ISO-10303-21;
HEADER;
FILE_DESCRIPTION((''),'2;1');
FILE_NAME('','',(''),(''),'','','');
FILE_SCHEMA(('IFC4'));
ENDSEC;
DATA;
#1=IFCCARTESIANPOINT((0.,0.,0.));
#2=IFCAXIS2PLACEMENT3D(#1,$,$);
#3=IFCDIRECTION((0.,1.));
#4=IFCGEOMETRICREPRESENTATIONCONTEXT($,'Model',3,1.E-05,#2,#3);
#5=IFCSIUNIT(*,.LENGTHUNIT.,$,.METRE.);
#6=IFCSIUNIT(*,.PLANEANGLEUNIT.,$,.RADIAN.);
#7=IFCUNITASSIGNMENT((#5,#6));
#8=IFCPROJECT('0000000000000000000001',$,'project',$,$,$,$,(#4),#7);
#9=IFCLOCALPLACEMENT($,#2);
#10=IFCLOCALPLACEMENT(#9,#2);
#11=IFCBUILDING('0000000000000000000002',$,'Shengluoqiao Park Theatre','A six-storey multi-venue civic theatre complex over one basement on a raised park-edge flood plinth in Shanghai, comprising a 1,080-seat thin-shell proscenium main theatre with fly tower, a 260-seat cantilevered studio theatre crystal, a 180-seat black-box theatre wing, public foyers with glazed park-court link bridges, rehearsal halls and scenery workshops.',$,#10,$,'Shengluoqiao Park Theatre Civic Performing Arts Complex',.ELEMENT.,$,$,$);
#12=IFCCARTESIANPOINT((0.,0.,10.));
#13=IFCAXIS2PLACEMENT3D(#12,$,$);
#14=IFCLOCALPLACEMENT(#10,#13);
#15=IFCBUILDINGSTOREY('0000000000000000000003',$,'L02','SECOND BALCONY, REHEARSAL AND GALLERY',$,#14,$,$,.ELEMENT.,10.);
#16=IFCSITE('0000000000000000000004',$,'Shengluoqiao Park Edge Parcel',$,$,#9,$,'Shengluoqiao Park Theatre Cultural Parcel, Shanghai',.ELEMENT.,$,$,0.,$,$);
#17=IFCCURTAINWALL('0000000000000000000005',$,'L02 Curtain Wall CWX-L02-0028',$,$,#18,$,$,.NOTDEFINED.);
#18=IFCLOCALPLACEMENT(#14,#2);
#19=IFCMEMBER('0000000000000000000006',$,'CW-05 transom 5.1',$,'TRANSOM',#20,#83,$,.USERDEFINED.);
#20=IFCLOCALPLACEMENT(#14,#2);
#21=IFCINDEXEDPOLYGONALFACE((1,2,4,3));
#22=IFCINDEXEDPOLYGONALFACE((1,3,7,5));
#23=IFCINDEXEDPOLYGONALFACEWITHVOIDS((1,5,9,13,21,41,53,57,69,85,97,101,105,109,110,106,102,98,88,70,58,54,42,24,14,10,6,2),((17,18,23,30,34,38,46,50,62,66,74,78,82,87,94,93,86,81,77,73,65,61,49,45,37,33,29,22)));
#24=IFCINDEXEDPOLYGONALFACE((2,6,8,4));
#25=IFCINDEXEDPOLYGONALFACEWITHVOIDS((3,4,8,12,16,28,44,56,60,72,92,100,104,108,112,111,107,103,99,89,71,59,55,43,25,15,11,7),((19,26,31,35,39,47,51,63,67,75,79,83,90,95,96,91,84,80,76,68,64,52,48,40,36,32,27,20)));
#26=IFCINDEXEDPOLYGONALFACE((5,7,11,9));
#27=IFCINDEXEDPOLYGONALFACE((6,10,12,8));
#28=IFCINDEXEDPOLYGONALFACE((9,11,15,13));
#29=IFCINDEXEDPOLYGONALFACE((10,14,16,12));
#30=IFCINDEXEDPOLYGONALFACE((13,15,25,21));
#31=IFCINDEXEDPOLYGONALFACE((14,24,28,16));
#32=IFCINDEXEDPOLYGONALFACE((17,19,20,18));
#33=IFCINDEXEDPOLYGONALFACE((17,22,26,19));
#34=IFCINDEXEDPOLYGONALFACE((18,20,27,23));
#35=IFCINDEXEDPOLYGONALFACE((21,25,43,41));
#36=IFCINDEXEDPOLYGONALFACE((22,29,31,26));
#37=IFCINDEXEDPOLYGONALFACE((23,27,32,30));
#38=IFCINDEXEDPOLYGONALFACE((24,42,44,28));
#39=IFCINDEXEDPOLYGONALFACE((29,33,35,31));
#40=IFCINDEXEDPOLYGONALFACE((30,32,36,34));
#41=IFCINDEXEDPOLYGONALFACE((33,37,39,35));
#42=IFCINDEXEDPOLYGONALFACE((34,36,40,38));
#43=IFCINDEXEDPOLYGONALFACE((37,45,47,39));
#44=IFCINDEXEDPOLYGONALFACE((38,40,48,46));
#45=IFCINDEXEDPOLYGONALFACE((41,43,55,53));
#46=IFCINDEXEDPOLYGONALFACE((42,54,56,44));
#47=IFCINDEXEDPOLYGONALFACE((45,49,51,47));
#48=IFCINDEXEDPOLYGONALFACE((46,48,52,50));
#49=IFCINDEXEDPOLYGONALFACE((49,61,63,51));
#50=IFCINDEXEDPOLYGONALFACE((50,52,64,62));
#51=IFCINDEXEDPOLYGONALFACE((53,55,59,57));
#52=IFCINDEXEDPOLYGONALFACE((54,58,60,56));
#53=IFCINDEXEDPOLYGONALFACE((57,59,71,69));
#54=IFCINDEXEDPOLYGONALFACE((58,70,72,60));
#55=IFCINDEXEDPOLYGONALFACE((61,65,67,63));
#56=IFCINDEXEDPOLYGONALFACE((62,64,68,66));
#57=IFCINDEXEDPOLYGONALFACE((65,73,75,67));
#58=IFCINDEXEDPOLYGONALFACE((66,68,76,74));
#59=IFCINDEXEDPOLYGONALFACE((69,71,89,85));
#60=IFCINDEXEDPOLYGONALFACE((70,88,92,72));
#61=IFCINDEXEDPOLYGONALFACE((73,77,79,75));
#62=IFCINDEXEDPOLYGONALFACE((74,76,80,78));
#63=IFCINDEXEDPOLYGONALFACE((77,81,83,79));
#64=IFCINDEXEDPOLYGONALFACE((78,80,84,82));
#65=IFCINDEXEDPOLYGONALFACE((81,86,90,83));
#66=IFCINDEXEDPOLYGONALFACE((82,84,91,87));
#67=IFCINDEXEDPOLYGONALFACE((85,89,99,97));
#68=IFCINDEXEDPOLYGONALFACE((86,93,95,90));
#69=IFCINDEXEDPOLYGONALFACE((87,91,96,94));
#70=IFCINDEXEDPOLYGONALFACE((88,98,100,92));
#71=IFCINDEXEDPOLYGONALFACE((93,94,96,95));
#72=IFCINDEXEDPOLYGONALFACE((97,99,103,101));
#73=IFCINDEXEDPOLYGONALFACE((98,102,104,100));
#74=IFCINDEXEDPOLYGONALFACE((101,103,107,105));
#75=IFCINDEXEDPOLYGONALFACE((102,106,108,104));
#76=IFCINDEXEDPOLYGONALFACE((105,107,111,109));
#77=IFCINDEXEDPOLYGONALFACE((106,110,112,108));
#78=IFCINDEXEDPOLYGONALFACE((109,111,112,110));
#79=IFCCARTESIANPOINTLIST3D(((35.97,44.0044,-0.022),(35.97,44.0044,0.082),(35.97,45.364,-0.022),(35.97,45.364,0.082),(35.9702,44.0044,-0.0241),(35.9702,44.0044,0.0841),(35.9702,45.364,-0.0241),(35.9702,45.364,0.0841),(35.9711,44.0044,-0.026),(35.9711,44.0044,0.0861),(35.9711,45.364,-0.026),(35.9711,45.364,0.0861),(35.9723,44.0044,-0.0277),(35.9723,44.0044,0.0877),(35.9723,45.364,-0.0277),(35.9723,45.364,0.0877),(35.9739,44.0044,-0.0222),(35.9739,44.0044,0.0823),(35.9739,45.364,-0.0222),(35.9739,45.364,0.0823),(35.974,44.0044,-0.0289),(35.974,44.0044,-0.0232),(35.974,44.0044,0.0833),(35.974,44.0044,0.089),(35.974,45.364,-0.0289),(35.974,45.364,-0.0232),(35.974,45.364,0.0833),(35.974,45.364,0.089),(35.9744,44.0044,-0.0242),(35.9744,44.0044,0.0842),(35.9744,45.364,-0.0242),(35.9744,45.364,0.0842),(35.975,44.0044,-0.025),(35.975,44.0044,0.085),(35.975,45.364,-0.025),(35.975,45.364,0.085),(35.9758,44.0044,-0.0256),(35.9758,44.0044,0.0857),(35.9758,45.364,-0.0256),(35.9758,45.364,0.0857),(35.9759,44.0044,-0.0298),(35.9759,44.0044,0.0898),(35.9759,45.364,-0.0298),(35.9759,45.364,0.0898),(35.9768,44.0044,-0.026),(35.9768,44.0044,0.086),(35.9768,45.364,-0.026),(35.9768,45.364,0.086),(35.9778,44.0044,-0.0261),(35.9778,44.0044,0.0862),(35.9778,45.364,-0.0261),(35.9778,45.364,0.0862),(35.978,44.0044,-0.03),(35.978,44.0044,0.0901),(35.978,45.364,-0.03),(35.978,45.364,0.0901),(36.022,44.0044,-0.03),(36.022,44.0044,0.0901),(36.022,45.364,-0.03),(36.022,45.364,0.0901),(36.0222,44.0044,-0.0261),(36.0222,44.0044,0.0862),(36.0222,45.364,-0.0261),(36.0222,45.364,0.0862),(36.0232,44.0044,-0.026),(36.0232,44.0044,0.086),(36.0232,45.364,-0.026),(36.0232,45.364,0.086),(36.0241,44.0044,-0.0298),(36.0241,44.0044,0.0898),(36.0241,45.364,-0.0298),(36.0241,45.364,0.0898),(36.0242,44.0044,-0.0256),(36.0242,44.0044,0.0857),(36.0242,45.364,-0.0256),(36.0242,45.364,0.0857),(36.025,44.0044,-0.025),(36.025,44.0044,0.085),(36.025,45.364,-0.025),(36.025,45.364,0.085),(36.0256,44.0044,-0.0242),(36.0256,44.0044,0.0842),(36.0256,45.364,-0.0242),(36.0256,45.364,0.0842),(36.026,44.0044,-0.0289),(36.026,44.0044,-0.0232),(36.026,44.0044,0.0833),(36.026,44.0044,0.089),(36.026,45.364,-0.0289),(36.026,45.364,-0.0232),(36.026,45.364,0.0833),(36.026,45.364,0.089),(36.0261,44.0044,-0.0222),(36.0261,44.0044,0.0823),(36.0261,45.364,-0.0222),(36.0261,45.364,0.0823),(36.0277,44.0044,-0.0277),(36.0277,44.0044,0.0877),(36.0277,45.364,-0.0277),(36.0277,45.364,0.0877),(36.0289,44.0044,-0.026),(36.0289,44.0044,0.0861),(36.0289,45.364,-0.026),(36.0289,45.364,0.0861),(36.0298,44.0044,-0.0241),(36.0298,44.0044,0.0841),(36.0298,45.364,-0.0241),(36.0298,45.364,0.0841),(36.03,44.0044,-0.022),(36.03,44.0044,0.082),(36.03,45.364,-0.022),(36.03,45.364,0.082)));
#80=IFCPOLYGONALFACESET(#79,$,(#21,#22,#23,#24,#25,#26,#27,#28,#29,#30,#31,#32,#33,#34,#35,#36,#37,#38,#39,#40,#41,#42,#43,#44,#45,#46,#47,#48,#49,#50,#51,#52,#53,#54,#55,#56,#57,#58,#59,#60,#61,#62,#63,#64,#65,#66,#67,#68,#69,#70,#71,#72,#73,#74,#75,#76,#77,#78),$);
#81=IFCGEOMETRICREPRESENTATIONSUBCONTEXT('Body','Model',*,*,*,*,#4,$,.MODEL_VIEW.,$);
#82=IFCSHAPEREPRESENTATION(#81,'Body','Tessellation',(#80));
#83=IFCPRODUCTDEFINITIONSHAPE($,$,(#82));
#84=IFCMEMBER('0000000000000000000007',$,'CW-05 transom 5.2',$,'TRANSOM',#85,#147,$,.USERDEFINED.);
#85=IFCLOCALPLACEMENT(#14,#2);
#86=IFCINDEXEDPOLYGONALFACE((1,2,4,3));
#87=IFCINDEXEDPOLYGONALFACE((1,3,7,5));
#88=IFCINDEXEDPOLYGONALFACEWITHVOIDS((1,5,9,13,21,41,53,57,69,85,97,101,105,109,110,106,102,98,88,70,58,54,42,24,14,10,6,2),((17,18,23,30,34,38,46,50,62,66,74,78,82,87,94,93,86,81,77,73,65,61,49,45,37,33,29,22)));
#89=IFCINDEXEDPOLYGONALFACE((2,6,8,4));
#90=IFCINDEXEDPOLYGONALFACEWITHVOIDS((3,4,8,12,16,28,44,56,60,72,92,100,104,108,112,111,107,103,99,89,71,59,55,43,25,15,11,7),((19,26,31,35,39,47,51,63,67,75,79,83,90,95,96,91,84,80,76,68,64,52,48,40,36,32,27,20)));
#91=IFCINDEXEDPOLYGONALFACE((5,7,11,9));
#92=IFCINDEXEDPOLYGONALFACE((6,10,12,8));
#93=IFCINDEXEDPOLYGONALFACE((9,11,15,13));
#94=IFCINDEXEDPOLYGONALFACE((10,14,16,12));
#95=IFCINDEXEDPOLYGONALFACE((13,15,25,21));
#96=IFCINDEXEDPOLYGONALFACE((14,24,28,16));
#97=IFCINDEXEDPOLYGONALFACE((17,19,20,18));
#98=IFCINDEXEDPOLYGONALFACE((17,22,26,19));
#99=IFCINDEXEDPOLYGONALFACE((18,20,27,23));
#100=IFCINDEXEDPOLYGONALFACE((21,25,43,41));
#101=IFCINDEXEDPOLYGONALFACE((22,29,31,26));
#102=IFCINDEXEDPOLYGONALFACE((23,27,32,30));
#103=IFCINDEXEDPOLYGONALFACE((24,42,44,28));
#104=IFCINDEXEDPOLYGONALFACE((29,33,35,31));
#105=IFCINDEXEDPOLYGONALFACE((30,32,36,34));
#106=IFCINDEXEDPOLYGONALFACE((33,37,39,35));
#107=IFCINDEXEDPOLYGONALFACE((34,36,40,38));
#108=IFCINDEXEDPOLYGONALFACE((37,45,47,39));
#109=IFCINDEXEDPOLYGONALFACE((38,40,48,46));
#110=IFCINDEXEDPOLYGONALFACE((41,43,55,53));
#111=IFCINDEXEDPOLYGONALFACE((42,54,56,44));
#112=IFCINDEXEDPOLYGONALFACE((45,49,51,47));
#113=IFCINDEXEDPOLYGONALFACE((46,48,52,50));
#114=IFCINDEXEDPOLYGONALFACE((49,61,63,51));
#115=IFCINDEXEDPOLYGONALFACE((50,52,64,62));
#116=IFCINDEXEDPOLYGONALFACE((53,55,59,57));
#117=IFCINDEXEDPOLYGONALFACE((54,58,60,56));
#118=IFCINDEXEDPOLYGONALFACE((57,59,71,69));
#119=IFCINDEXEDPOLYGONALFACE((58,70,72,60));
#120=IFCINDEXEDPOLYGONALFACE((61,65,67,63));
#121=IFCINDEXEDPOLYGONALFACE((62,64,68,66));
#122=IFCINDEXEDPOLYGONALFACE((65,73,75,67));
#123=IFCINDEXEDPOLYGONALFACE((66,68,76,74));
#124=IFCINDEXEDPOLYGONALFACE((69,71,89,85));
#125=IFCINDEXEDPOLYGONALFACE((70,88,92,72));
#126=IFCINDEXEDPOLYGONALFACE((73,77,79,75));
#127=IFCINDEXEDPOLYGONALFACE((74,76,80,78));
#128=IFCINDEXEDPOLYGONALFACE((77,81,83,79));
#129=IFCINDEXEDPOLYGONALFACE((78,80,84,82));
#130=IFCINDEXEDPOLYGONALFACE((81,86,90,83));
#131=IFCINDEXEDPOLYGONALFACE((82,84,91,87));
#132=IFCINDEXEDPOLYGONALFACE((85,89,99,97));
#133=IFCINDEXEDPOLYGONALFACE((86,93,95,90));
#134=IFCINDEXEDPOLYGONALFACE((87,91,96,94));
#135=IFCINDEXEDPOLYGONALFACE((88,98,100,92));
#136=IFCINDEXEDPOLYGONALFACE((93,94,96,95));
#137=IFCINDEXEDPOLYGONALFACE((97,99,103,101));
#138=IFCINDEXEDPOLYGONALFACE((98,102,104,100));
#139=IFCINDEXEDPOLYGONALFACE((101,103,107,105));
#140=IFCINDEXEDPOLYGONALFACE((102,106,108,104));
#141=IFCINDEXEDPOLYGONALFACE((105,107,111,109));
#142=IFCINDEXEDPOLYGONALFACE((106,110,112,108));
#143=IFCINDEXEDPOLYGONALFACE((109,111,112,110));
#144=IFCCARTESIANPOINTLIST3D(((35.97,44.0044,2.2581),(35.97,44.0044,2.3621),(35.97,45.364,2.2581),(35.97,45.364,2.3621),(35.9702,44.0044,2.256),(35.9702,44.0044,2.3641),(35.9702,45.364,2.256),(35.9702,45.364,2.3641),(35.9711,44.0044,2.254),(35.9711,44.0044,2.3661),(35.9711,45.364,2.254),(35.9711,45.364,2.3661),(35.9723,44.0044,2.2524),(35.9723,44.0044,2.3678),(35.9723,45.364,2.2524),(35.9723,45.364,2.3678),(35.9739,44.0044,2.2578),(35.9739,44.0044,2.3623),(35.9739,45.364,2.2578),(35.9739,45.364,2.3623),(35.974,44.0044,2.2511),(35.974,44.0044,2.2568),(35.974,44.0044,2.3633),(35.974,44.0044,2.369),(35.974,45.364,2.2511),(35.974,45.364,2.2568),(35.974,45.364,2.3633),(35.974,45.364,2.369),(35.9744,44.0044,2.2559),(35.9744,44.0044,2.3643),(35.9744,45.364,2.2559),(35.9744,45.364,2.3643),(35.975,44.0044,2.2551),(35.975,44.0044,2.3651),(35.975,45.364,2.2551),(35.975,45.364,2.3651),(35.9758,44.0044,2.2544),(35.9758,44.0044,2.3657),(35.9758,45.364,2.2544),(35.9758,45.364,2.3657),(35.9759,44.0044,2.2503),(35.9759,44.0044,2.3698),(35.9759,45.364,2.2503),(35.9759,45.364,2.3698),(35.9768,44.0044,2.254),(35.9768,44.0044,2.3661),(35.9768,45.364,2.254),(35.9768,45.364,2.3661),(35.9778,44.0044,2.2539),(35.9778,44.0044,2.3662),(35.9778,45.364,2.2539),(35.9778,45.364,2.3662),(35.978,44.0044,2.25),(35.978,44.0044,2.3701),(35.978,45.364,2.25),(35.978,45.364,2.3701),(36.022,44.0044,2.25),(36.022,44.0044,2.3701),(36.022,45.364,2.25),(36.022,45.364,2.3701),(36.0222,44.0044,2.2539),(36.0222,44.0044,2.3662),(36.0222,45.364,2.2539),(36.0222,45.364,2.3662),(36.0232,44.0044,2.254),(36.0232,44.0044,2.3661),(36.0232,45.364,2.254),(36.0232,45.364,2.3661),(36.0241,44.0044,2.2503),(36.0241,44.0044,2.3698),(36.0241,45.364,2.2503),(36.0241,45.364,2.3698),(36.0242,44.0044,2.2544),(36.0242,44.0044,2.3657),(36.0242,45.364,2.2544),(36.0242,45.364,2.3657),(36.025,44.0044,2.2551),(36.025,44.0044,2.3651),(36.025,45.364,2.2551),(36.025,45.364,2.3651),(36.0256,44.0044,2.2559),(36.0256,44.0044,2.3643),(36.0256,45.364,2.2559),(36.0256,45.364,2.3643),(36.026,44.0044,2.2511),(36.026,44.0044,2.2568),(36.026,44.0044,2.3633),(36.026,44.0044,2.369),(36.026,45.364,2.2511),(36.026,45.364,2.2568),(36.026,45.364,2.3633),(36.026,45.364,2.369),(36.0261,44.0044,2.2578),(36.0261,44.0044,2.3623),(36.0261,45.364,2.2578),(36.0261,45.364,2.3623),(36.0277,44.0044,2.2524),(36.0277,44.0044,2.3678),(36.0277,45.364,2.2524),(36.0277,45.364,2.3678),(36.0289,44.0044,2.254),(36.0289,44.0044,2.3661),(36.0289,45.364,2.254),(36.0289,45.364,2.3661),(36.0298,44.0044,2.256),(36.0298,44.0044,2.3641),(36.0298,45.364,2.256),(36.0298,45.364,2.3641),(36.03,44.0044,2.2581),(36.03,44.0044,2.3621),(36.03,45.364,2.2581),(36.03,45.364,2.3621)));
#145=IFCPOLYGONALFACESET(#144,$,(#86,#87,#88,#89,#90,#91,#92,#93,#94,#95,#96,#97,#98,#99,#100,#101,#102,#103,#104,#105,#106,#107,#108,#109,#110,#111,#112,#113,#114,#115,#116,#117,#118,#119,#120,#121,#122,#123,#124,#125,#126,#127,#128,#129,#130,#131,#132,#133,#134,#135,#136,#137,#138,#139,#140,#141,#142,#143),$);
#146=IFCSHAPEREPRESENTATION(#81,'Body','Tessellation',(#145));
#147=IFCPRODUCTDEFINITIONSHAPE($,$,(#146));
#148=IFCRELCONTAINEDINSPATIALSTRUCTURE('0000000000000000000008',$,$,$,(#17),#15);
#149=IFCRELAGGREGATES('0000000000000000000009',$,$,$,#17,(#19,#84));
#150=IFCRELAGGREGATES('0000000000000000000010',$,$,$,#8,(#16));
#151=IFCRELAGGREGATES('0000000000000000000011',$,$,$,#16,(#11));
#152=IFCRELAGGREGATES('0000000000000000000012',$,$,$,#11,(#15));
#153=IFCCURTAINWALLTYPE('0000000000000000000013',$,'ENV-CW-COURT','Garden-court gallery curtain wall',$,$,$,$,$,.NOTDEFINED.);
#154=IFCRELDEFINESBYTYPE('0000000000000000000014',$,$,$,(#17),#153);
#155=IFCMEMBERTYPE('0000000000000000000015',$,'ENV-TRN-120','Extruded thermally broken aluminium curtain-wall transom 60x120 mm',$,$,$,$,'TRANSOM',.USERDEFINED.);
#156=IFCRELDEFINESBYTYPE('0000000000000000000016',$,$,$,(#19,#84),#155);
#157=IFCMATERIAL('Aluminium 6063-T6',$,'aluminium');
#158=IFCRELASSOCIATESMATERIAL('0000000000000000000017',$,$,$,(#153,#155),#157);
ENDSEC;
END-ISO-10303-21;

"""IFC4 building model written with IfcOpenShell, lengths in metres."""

from ifc_helpers import new_model, si_unit, direction, frame, origin, origin_2d, place, context, subcontext, project, spatial, hollow_rectangle, extrude, material, material_profile, profile_set, type_object, element, aggregate, save


model = new_model("IFC4")

# Units and contexts
model_context = context("Model", 3, precision=1e-05, world=origin(), true_north=direction((0.0, 1.0)))
body_context = subcontext(model_context, "Body", "Model", "MODEL_VIEW")
ifc_project = project(units=[si_unit("LENGTHUNIT", "METRE"), si_unit("PLANEANGLEUNIT", "RADIAN")], contexts=[model_context])

# Site, building, storey
site_placement = place(None, origin())
site = spatial("IfcSite", under=ifc_project, at=site_placement, Name="Shengluoqiao Park Edge Parcel", LongName="Shengluoqiao Park Theatre Cultural Parcel, Shanghai", CompositionType="ELEMENT", RefElevation=0.0)
building_placement = place(site_placement, origin())
building = spatial("IfcBuilding", under=site, at=building_placement, Name="Shengluoqiao Park Theatre", Description="A six-storey multi-venue civic theatre complex over one basement on a raised park-edge flood plinth in Shanghai, comprising a 1,080-seat thin-shell proscenium main theatre with fly tower, a 260-seat cantilevered studio theatre crystal, a 180-seat black-box theatre wing, public foyers with glazed park-court link bridges, rehearsal halls and scenery workshops.", LongName="Shengluoqiao Park Theatre Civic Performing Arts Complex", CompositionType="ELEMENT")
storey_placement = place(building_placement, frame((0.0, 0.0, 10.0)))
storey = spatial("IfcBuildingStorey", under=building, at=storey_placement, Name="L02", Description="SECOND BALCONY, REHEARSAL AND GALLERY", CompositionType="ELEMENT", Elevation=10.0)

# Curtain wall
ifc_material_1 = material(Name="Aluminium 6063-T6", Category="aluminium")
curtain_wall_type = type_object("IfcCurtainWallType", Name="ENV-CW-COURT", Description="Garden-court gallery curtain wall", PredefinedType="NOTDEFINED", material=ifc_material_1)
curtain_wall_1_placement = place(storey_placement, origin())
curtain_wall_1 = element("IfcCurtainWall", 1, at=curtain_wall_1_placement, inside=storey, type_object=curtain_wall_type, Name="L02 Curtain Wall CWX-L02-0028", PredefinedType="NOTDEFINED")

# Members
ifc_material_profile_1 = material_profile(ifc_material_1, hollow_rectangle(XDim=0.0601, YDim=0.1201, WallThickness=0.0039, InnerFilletRadius=0.0039, OuterFilletRadius=0.0081, at=origin_2d()), Name="ALU TRANSOM 120x60x4")
ifc_profile_set_1 = profile_set([ifc_material_profile_1], Name="Aluminium 6063-T6")
member_type_1 = type_object("IfcMemberType", Name="ENV-TRN-120", Description="Extruded thermally broken aluminium curtain-wall transom 60x120 mm", ElementType="TRANSOM", PredefinedType="USERDEFINED", material=ifc_profile_set_1)
member_1_placement = place(storey_placement, frame((36.0, 44.0044, 0.03), z_axis=(0.0, 1.0, 0.0), x_axis=(-1.0, 0.0, 0.0)))
member_1 = element("IfcMember", 2, at=member_1_placement, type_object=member_type_1, Name="CW-05 transom 5.1", ObjectType="TRANSOM", PredefinedType="USERDEFINED", context=body_context, shape_type="SweptSolid", body=[
    extrude(hollow_rectangle(XDim=0.0601, YDim=0.1201, WallThickness=0.0039, InnerFilletRadius=0.0039, OuterFilletRadius=0.0081, at=origin_2d()), origin(), (0.0, 0.0, 1.0), 1.3596),
])
member_2_placement = place(storey_placement, frame((36.0, 44.0044, 2.3101), z_axis=(0.0, 1.0, 0.0), x_axis=(-1.0, 0.0, 0.0)))
member_2 = element("IfcMember", 3, at=member_2_placement, type_object=member_type_1, Name="CW-05 transom 5.2", ObjectType="TRANSOM", PredefinedType="USERDEFINED", context=body_context, shape_type="SweptSolid", body=[
    extrude(hollow_rectangle(XDim=0.0601, YDim=0.1201, WallThickness=0.0039, InnerFilletRadius=0.0039, OuterFilletRadius=0.0081, at=origin_2d()), origin(), (0.0, 0.0, 1.0), 1.3596),
])

aggregate(curtain_wall_1, [member_1, member_2])

save(model, "model.ifc")
